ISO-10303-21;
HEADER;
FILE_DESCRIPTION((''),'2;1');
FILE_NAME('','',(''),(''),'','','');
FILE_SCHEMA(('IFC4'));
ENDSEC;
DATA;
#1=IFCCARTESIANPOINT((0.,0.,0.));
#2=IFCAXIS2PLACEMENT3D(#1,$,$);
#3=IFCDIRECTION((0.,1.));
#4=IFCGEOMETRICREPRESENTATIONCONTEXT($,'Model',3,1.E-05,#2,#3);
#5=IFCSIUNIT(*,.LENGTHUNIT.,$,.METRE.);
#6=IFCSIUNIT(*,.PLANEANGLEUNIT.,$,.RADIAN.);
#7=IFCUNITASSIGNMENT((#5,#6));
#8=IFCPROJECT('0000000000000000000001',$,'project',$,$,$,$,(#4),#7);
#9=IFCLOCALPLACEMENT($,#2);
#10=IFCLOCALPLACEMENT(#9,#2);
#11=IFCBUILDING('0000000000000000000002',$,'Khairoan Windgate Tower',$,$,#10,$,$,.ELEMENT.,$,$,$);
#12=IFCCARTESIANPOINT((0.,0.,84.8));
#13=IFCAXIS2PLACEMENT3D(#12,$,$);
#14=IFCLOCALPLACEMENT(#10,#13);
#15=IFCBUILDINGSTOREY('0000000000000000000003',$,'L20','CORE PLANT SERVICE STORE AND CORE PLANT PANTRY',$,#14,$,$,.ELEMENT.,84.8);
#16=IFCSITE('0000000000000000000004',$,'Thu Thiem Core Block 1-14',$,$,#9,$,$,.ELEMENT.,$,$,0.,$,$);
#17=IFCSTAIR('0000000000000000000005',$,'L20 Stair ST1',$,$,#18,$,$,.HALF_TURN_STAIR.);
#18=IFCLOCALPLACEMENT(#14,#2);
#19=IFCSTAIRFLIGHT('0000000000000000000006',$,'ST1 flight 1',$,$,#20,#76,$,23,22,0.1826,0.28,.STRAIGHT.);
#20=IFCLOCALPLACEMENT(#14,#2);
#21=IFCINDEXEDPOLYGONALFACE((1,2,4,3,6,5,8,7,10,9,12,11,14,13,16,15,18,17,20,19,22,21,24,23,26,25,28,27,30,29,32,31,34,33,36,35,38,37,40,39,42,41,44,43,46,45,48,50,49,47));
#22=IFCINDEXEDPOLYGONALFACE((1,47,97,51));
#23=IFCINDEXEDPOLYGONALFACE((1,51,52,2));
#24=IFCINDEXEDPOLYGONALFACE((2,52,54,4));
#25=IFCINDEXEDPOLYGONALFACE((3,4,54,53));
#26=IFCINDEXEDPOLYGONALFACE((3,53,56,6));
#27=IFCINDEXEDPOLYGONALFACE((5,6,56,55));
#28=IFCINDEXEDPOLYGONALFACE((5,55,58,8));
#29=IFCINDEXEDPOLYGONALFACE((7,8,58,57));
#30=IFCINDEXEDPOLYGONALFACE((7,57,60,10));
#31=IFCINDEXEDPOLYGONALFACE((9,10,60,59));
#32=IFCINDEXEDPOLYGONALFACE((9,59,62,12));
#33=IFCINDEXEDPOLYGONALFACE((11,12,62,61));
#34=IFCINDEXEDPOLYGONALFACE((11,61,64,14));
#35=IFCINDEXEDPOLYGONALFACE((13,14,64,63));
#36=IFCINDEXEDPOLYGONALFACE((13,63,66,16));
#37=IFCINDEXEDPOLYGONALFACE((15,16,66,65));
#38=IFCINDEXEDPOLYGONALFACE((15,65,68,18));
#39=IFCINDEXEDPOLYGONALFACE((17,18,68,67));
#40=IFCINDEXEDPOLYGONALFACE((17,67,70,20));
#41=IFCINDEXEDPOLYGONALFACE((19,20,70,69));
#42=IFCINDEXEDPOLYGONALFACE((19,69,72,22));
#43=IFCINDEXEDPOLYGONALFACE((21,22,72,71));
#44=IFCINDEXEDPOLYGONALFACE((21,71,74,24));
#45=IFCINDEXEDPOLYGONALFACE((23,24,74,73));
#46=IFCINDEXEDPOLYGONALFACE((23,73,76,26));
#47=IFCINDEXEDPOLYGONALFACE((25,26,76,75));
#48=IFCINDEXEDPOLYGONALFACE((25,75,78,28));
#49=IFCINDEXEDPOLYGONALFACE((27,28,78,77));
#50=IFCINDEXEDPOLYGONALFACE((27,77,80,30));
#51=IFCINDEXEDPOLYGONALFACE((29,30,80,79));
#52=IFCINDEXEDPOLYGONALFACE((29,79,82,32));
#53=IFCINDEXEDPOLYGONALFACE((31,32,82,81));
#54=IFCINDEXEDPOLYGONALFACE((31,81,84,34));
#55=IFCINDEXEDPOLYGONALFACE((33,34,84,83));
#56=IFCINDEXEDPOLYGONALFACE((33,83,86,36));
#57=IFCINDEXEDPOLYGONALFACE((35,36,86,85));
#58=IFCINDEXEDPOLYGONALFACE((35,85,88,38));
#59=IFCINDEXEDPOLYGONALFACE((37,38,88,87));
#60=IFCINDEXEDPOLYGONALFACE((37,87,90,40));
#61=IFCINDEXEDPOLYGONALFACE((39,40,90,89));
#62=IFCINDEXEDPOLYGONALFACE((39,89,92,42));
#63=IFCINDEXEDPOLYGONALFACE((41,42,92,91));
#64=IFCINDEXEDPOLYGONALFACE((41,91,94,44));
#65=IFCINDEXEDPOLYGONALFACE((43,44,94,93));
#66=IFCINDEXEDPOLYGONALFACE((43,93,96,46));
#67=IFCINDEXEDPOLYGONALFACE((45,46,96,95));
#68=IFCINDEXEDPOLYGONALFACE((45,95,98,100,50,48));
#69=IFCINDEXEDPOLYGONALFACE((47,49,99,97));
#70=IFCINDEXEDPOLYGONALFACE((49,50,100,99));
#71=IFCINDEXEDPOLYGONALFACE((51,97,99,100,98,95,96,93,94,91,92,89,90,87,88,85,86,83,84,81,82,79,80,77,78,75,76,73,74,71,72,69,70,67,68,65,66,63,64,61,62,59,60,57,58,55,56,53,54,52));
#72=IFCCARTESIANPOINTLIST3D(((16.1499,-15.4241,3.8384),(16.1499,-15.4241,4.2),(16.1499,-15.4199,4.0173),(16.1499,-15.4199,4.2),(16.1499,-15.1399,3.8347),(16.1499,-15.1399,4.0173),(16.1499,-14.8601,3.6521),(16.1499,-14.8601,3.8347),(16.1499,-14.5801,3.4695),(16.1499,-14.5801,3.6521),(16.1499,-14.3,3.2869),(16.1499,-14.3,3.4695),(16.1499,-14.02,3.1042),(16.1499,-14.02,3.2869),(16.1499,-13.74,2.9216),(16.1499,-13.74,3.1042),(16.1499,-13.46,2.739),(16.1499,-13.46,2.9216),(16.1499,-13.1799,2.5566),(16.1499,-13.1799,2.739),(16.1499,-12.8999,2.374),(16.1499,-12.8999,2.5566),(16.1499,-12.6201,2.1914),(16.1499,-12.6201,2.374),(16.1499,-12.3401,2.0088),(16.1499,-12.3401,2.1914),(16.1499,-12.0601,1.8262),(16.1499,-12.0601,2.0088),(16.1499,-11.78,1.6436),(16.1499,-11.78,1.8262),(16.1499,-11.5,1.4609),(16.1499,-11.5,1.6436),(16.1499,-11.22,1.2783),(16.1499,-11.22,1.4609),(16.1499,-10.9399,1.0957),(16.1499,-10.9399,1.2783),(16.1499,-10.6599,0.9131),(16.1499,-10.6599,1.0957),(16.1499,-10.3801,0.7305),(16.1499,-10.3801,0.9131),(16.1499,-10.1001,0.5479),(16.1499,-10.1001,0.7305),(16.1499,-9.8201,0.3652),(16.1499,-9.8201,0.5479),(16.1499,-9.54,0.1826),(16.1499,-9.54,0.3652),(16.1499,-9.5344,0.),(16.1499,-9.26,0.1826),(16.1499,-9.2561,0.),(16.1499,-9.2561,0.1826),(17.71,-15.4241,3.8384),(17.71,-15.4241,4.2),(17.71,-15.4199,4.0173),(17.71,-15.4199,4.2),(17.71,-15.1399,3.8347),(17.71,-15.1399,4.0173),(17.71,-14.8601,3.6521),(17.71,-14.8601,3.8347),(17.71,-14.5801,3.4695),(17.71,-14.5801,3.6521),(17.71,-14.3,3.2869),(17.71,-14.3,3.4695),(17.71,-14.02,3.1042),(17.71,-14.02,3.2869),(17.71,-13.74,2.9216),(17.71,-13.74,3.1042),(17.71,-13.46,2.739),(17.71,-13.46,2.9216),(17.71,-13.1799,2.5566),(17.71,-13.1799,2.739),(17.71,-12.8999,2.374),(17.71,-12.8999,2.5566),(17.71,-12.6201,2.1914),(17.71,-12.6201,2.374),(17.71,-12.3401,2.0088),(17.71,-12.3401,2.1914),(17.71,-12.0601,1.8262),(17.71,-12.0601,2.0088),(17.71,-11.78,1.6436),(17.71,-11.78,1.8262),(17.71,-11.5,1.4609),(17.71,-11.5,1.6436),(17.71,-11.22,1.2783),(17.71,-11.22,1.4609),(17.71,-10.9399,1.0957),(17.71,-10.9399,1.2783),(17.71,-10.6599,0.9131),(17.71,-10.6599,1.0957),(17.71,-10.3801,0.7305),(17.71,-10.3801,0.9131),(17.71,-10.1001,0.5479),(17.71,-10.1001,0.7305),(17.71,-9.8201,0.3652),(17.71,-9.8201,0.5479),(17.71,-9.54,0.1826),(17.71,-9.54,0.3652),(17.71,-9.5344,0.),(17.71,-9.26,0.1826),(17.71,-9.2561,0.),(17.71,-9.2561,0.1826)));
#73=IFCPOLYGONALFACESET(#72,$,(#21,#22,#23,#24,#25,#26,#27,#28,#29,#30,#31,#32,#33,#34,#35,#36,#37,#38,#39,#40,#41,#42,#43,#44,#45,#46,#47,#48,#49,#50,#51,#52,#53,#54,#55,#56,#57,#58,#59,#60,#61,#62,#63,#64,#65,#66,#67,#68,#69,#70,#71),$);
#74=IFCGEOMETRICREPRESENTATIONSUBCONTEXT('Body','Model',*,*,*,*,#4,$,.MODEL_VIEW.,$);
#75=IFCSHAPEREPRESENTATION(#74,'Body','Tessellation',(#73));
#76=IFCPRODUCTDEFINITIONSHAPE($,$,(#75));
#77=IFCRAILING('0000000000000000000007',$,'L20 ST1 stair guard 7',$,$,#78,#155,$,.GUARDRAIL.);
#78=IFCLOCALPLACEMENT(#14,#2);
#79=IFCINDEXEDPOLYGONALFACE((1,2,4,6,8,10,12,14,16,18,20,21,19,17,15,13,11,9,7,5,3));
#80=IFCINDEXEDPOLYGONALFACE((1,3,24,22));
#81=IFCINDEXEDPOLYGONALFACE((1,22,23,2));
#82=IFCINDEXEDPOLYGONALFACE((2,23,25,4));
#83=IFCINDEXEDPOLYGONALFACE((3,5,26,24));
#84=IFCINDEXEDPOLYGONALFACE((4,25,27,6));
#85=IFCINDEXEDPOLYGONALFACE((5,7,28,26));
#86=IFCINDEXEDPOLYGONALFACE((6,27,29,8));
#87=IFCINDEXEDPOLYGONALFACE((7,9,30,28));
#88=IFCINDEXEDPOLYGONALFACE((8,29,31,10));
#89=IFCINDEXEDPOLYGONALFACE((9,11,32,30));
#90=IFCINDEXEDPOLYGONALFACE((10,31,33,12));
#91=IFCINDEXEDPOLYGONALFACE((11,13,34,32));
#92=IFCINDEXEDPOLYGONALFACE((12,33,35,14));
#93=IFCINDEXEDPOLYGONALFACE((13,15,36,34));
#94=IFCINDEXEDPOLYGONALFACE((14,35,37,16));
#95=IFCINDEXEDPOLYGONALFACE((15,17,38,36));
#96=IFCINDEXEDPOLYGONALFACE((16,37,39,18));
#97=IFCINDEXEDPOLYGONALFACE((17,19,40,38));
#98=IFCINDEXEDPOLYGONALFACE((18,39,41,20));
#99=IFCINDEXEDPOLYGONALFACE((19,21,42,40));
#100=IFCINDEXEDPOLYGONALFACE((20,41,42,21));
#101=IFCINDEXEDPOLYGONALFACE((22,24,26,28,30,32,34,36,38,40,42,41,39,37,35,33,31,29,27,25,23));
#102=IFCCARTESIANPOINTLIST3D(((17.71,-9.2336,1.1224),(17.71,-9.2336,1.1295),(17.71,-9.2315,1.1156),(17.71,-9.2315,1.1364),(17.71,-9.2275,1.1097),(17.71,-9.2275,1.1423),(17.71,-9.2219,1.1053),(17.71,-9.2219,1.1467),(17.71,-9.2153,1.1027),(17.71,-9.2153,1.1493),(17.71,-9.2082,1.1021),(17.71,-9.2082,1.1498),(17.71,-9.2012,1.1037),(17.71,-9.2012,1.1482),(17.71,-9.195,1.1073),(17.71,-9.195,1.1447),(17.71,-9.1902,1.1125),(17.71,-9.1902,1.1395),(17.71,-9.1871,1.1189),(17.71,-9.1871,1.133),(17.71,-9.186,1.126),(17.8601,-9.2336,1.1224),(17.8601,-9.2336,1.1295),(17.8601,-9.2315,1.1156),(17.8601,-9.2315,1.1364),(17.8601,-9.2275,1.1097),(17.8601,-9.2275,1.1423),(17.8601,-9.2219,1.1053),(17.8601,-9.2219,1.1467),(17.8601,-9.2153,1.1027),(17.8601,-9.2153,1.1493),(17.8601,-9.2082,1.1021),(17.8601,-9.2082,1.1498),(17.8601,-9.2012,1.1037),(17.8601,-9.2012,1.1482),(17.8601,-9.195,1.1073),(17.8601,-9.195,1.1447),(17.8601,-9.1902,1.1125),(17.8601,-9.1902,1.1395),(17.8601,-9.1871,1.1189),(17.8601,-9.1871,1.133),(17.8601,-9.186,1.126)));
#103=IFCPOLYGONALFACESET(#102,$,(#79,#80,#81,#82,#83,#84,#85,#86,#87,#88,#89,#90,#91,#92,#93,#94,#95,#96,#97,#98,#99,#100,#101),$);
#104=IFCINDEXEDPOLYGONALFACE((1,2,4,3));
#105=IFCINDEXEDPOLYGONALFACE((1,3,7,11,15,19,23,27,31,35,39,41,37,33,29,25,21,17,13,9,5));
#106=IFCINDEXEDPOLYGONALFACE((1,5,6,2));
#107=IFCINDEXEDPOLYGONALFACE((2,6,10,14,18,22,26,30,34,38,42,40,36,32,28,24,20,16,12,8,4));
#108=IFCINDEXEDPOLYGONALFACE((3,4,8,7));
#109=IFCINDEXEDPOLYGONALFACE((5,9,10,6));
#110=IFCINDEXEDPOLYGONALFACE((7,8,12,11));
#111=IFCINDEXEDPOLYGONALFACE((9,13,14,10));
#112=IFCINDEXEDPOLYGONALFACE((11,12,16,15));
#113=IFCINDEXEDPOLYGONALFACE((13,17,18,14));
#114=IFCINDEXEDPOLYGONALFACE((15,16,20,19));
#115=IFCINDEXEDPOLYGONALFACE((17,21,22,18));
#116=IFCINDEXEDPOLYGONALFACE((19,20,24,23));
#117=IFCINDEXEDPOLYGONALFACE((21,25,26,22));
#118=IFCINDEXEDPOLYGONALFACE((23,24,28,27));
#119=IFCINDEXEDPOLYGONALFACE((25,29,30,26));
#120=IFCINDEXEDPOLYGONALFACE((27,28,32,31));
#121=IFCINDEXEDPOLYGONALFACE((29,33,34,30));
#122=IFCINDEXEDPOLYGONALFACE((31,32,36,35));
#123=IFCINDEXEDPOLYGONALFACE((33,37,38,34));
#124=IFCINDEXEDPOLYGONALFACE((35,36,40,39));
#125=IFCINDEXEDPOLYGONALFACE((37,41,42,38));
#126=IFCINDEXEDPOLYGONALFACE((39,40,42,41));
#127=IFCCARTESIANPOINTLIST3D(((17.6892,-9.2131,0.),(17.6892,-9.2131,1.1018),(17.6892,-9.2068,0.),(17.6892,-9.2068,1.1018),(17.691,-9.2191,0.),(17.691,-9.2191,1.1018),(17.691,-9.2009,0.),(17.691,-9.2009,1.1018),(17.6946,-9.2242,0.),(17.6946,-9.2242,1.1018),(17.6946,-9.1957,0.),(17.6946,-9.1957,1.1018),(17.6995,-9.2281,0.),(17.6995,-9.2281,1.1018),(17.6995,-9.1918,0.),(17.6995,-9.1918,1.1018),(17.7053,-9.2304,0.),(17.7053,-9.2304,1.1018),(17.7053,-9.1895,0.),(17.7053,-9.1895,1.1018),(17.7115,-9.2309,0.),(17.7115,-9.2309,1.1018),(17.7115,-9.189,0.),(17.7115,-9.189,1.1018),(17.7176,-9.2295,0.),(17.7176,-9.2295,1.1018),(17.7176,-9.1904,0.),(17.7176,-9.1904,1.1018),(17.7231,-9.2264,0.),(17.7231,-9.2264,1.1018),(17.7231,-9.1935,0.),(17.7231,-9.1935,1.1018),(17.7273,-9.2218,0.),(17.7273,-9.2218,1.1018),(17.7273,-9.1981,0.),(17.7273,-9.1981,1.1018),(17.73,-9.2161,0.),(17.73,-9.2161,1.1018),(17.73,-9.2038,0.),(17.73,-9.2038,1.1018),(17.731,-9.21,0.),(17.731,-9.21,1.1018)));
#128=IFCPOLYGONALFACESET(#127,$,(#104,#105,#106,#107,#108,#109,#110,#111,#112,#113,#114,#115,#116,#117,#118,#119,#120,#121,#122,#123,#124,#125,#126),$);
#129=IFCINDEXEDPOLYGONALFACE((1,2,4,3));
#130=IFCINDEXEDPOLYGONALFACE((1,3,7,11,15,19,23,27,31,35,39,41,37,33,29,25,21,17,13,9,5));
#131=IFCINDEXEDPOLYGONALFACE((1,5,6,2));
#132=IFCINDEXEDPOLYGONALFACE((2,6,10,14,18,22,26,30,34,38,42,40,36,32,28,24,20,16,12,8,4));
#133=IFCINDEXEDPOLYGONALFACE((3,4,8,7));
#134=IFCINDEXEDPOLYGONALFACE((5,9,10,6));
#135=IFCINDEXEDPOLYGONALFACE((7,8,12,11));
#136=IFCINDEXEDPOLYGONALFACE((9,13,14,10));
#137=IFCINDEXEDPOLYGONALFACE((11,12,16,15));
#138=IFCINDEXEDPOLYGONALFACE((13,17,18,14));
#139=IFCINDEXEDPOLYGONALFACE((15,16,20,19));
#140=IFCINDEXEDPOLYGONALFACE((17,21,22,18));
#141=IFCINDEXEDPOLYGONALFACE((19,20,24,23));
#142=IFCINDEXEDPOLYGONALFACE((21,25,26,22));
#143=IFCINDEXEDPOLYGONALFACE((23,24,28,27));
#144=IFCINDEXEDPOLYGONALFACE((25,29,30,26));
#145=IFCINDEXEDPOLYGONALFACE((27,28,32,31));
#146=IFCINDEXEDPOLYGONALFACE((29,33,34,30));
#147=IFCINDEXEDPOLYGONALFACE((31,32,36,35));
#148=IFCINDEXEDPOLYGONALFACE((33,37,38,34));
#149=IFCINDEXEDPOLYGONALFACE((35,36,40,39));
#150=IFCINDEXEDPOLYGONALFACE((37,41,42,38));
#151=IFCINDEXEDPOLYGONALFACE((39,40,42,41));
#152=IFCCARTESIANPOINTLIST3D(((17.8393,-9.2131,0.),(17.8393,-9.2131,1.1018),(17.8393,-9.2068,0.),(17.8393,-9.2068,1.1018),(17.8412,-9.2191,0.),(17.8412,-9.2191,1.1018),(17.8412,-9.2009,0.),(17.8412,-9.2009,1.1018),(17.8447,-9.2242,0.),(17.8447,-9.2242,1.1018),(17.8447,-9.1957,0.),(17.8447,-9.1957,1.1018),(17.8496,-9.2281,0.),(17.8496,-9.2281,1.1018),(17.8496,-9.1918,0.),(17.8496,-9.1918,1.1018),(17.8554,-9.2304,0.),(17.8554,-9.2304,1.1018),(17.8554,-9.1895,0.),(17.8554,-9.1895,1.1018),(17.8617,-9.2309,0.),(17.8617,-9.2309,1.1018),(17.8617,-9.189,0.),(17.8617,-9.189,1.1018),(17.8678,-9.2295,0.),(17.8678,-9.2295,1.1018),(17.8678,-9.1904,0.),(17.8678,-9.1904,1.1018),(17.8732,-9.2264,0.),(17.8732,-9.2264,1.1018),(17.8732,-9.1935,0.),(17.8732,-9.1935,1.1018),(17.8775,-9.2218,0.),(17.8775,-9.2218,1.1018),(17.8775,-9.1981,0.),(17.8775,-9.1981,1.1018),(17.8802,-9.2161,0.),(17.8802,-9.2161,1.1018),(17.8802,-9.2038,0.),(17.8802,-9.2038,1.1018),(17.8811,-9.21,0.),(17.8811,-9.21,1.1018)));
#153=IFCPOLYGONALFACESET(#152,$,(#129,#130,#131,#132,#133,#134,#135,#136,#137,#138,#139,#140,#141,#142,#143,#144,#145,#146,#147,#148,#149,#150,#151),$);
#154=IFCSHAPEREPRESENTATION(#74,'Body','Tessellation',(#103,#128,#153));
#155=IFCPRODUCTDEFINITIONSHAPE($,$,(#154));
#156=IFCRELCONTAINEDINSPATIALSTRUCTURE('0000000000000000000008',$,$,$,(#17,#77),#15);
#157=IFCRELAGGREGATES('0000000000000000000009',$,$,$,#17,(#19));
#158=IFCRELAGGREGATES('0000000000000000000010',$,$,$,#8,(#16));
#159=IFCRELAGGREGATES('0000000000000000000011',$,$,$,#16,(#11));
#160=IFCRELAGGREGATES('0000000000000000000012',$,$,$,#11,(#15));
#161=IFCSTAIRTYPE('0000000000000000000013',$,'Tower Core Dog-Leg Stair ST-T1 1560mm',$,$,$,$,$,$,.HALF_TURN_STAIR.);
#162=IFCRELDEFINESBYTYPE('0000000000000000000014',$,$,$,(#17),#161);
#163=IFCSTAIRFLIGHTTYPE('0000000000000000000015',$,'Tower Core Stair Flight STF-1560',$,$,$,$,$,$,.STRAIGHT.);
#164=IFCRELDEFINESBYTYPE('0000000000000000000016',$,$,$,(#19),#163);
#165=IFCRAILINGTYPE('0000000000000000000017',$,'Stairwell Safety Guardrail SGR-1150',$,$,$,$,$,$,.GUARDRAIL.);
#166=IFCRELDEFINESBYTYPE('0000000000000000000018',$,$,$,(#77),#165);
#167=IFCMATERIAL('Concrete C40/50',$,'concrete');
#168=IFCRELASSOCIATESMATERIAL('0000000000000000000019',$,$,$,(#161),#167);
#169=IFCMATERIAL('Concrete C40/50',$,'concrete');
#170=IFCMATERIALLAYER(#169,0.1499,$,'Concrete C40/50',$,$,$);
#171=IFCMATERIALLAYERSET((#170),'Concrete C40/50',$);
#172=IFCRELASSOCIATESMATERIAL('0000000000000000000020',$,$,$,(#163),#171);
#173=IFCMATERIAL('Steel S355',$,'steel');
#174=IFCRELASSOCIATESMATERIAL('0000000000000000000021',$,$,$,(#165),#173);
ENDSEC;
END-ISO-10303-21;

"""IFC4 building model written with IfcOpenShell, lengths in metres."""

from ifc_helpers import new_model, si_unit, direction, frame, origin, origin_2d, place, context, subcontext, project, spatial, polyline, circle, outline, extrude, material, layer, layer_set, type_object, element, aggregate, save


model = new_model("IFC4")

# Units and contexts
model_context = context("Model", 3, precision=1e-05, world=origin(), true_north=direction((0.0, 1.0)))
body_context = subcontext(model_context, "Body", "Model", "MODEL_VIEW")
ifc_project = project(units=[si_unit("LENGTHUNIT", "METRE"), si_unit("PLANEANGLEUNIT", "RADIAN")], contexts=[model_context])

# Site, building, storey
site_placement = place(None, origin())
site = spatial("IfcSite", under=ifc_project, at=site_placement, Name="Thu Thiem Core Block 1-14", CompositionType="ELEMENT", RefElevation=0.0)
building_placement = place(site_placement, origin())
building = spatial("IfcBuilding", under=site, at=building_placement, Name="Khairoan Windgate Tower", CompositionType="ELEMENT")
storey_placement = place(building_placement, frame((0.0, 0.0, 84.8)))
storey = spatial("IfcBuildingStorey", under=building, at=storey_placement, Name="L20", Description="CORE PLANT SERVICE STORE AND CORE PLANT PANTRY", CompositionType="ELEMENT", Elevation=84.8)

# Stair, stair flight
ifc_material_1 = material(Name="Concrete C40/50", Category="concrete")
stair_type = type_object("IfcStairType", Name="Tower Core Dog-Leg Stair ST-T1 1560mm", PredefinedType="HALF_TURN_STAIR", material=ifc_material_1)
stair_placement = place(storey_placement, origin())
stair = element("IfcStair", 1, at=stair_placement, inside=storey, type_object=stair_type, Name="L20 Stair ST1", PredefinedType="HALF_TURN_STAIR")
ifc_material_2 = material(Name="Concrete C40/50", Category="concrete")
ifc_layer_1 = layer(ifc_material_2, 0.1499, Name="Concrete C40/50")
ifc_layer_set_1 = layer_set([ifc_layer_1], Name="Concrete C40/50")
stair_flight_type = type_object("IfcStairFlightType", Name="Tower Core Stair Flight STF-1560", PredefinedType="STRAIGHT", material=ifc_layer_set_1)
stair_flight_placement = place(storey_placement, frame((16.9299, -9.26, 0.0), z_axis=(0.0, 0.0, 1.0), x_axis=(0.0, -1.0, 0.0)))
stair_flight = element("IfcStairFlight", 2, at=stair_flight_placement, type_object=stair_flight_type, Name="ST1 flight 1", NumberOfRisers=23, NumberOfTreads=22, PredefinedType="STRAIGHT", RiserHeight=0.1826, TreadLength=0.28, context=body_context, shape_type="SweptSolid", body=[
    extrude(outline(polyline([(-0.0039, 0.0), (-0.0039, 0.1826), (0.0, 0.1826), (0.28, 0.1826), (0.28, 0.3652), (0.5601, 0.3652), (0.5601, 0.5479), (0.8401, 0.5479), (0.8401, 0.7305), (1.1201, 0.7305), (1.1201, 0.9131), (1.3999, 0.9131), (1.3999, 1.0957), (1.6799, 1.0957), (1.6799, 1.2783), (1.96, 1.2783), (1.96, 1.4609), (2.24, 1.4609), (2.24, 1.6436), (2.52, 1.6436), (2.52, 1.8262), (2.8, 1.8262), (2.8, 2.0088), (3.0801, 2.0088), (3.0801, 2.1914), (3.3601, 2.1914), (3.3601, 2.374), (3.6399, 2.374), (3.6399, 2.5566), (3.9199, 2.5566), (3.9199, 2.739), (4.2, 2.739), (4.2, 2.9216), (4.48, 2.9216), (4.48, 3.1042), (4.76, 3.1042), (4.76, 3.2869), (5.04, 3.2869), (5.04, 3.4695), (5.3201, 3.4695), (5.3201, 3.6521), (5.6001, 3.6521), (5.6001, 3.8347), (5.8799, 3.8347), (5.8799, 4.0173), (6.1599, 4.0173), (6.1599, 4.2), (6.1641, 4.2), (6.1641, 3.8384), (0.2744, 0.0), (-0.0039, 0.0)])), frame((0.0, 0.78, 0.0), z_axis=(0.0, -1.0, 0.0), x_axis=(1.0, 0.0, 0.0)), (0.0, 0.0, 1.0), 1.5601),
])
aggregate(stair, [stair_flight])

# Railing
ifc_material_3 = material(Name="Steel S355", Category="steel")
railing_type_1 = type_object("IfcRailingType", Name="Stairwell Safety Guardrail SGR-1150", PredefinedType="GUARDRAIL", material=ifc_material_3)
railing_1_placement = place(storey_placement, frame((17.71, -9.21, 0.0)))
element("IfcRailing", 3, at=railing_1_placement, inside=storey, type_object=railing_type_1, Name="L20 ST1 stair guard 7", PredefinedType="GUARDRAIL", context=body_context, shape_type="SweptSolid", body=[
    extrude(circle(Radius=0.0239, at=origin_2d()), frame((0.0, 0.0, 1.126), z_axis=(1.0, 0.0, 0.0), x_axis=(0.0, 1.0, 0.0)), (0.0, 0.0, 1.0), 0.1501),
    extrude(circle(Radius=0.021, at=origin_2d()), origin(), (0.0, 0.0, 1.0), 1.1018),
    extrude(circle(Radius=0.021, at=origin_2d()), frame((0.1501, 0.0, 0.0)), (0.0, 0.0, 1.0), 1.1018),
])

save(model, "model.ifc")
